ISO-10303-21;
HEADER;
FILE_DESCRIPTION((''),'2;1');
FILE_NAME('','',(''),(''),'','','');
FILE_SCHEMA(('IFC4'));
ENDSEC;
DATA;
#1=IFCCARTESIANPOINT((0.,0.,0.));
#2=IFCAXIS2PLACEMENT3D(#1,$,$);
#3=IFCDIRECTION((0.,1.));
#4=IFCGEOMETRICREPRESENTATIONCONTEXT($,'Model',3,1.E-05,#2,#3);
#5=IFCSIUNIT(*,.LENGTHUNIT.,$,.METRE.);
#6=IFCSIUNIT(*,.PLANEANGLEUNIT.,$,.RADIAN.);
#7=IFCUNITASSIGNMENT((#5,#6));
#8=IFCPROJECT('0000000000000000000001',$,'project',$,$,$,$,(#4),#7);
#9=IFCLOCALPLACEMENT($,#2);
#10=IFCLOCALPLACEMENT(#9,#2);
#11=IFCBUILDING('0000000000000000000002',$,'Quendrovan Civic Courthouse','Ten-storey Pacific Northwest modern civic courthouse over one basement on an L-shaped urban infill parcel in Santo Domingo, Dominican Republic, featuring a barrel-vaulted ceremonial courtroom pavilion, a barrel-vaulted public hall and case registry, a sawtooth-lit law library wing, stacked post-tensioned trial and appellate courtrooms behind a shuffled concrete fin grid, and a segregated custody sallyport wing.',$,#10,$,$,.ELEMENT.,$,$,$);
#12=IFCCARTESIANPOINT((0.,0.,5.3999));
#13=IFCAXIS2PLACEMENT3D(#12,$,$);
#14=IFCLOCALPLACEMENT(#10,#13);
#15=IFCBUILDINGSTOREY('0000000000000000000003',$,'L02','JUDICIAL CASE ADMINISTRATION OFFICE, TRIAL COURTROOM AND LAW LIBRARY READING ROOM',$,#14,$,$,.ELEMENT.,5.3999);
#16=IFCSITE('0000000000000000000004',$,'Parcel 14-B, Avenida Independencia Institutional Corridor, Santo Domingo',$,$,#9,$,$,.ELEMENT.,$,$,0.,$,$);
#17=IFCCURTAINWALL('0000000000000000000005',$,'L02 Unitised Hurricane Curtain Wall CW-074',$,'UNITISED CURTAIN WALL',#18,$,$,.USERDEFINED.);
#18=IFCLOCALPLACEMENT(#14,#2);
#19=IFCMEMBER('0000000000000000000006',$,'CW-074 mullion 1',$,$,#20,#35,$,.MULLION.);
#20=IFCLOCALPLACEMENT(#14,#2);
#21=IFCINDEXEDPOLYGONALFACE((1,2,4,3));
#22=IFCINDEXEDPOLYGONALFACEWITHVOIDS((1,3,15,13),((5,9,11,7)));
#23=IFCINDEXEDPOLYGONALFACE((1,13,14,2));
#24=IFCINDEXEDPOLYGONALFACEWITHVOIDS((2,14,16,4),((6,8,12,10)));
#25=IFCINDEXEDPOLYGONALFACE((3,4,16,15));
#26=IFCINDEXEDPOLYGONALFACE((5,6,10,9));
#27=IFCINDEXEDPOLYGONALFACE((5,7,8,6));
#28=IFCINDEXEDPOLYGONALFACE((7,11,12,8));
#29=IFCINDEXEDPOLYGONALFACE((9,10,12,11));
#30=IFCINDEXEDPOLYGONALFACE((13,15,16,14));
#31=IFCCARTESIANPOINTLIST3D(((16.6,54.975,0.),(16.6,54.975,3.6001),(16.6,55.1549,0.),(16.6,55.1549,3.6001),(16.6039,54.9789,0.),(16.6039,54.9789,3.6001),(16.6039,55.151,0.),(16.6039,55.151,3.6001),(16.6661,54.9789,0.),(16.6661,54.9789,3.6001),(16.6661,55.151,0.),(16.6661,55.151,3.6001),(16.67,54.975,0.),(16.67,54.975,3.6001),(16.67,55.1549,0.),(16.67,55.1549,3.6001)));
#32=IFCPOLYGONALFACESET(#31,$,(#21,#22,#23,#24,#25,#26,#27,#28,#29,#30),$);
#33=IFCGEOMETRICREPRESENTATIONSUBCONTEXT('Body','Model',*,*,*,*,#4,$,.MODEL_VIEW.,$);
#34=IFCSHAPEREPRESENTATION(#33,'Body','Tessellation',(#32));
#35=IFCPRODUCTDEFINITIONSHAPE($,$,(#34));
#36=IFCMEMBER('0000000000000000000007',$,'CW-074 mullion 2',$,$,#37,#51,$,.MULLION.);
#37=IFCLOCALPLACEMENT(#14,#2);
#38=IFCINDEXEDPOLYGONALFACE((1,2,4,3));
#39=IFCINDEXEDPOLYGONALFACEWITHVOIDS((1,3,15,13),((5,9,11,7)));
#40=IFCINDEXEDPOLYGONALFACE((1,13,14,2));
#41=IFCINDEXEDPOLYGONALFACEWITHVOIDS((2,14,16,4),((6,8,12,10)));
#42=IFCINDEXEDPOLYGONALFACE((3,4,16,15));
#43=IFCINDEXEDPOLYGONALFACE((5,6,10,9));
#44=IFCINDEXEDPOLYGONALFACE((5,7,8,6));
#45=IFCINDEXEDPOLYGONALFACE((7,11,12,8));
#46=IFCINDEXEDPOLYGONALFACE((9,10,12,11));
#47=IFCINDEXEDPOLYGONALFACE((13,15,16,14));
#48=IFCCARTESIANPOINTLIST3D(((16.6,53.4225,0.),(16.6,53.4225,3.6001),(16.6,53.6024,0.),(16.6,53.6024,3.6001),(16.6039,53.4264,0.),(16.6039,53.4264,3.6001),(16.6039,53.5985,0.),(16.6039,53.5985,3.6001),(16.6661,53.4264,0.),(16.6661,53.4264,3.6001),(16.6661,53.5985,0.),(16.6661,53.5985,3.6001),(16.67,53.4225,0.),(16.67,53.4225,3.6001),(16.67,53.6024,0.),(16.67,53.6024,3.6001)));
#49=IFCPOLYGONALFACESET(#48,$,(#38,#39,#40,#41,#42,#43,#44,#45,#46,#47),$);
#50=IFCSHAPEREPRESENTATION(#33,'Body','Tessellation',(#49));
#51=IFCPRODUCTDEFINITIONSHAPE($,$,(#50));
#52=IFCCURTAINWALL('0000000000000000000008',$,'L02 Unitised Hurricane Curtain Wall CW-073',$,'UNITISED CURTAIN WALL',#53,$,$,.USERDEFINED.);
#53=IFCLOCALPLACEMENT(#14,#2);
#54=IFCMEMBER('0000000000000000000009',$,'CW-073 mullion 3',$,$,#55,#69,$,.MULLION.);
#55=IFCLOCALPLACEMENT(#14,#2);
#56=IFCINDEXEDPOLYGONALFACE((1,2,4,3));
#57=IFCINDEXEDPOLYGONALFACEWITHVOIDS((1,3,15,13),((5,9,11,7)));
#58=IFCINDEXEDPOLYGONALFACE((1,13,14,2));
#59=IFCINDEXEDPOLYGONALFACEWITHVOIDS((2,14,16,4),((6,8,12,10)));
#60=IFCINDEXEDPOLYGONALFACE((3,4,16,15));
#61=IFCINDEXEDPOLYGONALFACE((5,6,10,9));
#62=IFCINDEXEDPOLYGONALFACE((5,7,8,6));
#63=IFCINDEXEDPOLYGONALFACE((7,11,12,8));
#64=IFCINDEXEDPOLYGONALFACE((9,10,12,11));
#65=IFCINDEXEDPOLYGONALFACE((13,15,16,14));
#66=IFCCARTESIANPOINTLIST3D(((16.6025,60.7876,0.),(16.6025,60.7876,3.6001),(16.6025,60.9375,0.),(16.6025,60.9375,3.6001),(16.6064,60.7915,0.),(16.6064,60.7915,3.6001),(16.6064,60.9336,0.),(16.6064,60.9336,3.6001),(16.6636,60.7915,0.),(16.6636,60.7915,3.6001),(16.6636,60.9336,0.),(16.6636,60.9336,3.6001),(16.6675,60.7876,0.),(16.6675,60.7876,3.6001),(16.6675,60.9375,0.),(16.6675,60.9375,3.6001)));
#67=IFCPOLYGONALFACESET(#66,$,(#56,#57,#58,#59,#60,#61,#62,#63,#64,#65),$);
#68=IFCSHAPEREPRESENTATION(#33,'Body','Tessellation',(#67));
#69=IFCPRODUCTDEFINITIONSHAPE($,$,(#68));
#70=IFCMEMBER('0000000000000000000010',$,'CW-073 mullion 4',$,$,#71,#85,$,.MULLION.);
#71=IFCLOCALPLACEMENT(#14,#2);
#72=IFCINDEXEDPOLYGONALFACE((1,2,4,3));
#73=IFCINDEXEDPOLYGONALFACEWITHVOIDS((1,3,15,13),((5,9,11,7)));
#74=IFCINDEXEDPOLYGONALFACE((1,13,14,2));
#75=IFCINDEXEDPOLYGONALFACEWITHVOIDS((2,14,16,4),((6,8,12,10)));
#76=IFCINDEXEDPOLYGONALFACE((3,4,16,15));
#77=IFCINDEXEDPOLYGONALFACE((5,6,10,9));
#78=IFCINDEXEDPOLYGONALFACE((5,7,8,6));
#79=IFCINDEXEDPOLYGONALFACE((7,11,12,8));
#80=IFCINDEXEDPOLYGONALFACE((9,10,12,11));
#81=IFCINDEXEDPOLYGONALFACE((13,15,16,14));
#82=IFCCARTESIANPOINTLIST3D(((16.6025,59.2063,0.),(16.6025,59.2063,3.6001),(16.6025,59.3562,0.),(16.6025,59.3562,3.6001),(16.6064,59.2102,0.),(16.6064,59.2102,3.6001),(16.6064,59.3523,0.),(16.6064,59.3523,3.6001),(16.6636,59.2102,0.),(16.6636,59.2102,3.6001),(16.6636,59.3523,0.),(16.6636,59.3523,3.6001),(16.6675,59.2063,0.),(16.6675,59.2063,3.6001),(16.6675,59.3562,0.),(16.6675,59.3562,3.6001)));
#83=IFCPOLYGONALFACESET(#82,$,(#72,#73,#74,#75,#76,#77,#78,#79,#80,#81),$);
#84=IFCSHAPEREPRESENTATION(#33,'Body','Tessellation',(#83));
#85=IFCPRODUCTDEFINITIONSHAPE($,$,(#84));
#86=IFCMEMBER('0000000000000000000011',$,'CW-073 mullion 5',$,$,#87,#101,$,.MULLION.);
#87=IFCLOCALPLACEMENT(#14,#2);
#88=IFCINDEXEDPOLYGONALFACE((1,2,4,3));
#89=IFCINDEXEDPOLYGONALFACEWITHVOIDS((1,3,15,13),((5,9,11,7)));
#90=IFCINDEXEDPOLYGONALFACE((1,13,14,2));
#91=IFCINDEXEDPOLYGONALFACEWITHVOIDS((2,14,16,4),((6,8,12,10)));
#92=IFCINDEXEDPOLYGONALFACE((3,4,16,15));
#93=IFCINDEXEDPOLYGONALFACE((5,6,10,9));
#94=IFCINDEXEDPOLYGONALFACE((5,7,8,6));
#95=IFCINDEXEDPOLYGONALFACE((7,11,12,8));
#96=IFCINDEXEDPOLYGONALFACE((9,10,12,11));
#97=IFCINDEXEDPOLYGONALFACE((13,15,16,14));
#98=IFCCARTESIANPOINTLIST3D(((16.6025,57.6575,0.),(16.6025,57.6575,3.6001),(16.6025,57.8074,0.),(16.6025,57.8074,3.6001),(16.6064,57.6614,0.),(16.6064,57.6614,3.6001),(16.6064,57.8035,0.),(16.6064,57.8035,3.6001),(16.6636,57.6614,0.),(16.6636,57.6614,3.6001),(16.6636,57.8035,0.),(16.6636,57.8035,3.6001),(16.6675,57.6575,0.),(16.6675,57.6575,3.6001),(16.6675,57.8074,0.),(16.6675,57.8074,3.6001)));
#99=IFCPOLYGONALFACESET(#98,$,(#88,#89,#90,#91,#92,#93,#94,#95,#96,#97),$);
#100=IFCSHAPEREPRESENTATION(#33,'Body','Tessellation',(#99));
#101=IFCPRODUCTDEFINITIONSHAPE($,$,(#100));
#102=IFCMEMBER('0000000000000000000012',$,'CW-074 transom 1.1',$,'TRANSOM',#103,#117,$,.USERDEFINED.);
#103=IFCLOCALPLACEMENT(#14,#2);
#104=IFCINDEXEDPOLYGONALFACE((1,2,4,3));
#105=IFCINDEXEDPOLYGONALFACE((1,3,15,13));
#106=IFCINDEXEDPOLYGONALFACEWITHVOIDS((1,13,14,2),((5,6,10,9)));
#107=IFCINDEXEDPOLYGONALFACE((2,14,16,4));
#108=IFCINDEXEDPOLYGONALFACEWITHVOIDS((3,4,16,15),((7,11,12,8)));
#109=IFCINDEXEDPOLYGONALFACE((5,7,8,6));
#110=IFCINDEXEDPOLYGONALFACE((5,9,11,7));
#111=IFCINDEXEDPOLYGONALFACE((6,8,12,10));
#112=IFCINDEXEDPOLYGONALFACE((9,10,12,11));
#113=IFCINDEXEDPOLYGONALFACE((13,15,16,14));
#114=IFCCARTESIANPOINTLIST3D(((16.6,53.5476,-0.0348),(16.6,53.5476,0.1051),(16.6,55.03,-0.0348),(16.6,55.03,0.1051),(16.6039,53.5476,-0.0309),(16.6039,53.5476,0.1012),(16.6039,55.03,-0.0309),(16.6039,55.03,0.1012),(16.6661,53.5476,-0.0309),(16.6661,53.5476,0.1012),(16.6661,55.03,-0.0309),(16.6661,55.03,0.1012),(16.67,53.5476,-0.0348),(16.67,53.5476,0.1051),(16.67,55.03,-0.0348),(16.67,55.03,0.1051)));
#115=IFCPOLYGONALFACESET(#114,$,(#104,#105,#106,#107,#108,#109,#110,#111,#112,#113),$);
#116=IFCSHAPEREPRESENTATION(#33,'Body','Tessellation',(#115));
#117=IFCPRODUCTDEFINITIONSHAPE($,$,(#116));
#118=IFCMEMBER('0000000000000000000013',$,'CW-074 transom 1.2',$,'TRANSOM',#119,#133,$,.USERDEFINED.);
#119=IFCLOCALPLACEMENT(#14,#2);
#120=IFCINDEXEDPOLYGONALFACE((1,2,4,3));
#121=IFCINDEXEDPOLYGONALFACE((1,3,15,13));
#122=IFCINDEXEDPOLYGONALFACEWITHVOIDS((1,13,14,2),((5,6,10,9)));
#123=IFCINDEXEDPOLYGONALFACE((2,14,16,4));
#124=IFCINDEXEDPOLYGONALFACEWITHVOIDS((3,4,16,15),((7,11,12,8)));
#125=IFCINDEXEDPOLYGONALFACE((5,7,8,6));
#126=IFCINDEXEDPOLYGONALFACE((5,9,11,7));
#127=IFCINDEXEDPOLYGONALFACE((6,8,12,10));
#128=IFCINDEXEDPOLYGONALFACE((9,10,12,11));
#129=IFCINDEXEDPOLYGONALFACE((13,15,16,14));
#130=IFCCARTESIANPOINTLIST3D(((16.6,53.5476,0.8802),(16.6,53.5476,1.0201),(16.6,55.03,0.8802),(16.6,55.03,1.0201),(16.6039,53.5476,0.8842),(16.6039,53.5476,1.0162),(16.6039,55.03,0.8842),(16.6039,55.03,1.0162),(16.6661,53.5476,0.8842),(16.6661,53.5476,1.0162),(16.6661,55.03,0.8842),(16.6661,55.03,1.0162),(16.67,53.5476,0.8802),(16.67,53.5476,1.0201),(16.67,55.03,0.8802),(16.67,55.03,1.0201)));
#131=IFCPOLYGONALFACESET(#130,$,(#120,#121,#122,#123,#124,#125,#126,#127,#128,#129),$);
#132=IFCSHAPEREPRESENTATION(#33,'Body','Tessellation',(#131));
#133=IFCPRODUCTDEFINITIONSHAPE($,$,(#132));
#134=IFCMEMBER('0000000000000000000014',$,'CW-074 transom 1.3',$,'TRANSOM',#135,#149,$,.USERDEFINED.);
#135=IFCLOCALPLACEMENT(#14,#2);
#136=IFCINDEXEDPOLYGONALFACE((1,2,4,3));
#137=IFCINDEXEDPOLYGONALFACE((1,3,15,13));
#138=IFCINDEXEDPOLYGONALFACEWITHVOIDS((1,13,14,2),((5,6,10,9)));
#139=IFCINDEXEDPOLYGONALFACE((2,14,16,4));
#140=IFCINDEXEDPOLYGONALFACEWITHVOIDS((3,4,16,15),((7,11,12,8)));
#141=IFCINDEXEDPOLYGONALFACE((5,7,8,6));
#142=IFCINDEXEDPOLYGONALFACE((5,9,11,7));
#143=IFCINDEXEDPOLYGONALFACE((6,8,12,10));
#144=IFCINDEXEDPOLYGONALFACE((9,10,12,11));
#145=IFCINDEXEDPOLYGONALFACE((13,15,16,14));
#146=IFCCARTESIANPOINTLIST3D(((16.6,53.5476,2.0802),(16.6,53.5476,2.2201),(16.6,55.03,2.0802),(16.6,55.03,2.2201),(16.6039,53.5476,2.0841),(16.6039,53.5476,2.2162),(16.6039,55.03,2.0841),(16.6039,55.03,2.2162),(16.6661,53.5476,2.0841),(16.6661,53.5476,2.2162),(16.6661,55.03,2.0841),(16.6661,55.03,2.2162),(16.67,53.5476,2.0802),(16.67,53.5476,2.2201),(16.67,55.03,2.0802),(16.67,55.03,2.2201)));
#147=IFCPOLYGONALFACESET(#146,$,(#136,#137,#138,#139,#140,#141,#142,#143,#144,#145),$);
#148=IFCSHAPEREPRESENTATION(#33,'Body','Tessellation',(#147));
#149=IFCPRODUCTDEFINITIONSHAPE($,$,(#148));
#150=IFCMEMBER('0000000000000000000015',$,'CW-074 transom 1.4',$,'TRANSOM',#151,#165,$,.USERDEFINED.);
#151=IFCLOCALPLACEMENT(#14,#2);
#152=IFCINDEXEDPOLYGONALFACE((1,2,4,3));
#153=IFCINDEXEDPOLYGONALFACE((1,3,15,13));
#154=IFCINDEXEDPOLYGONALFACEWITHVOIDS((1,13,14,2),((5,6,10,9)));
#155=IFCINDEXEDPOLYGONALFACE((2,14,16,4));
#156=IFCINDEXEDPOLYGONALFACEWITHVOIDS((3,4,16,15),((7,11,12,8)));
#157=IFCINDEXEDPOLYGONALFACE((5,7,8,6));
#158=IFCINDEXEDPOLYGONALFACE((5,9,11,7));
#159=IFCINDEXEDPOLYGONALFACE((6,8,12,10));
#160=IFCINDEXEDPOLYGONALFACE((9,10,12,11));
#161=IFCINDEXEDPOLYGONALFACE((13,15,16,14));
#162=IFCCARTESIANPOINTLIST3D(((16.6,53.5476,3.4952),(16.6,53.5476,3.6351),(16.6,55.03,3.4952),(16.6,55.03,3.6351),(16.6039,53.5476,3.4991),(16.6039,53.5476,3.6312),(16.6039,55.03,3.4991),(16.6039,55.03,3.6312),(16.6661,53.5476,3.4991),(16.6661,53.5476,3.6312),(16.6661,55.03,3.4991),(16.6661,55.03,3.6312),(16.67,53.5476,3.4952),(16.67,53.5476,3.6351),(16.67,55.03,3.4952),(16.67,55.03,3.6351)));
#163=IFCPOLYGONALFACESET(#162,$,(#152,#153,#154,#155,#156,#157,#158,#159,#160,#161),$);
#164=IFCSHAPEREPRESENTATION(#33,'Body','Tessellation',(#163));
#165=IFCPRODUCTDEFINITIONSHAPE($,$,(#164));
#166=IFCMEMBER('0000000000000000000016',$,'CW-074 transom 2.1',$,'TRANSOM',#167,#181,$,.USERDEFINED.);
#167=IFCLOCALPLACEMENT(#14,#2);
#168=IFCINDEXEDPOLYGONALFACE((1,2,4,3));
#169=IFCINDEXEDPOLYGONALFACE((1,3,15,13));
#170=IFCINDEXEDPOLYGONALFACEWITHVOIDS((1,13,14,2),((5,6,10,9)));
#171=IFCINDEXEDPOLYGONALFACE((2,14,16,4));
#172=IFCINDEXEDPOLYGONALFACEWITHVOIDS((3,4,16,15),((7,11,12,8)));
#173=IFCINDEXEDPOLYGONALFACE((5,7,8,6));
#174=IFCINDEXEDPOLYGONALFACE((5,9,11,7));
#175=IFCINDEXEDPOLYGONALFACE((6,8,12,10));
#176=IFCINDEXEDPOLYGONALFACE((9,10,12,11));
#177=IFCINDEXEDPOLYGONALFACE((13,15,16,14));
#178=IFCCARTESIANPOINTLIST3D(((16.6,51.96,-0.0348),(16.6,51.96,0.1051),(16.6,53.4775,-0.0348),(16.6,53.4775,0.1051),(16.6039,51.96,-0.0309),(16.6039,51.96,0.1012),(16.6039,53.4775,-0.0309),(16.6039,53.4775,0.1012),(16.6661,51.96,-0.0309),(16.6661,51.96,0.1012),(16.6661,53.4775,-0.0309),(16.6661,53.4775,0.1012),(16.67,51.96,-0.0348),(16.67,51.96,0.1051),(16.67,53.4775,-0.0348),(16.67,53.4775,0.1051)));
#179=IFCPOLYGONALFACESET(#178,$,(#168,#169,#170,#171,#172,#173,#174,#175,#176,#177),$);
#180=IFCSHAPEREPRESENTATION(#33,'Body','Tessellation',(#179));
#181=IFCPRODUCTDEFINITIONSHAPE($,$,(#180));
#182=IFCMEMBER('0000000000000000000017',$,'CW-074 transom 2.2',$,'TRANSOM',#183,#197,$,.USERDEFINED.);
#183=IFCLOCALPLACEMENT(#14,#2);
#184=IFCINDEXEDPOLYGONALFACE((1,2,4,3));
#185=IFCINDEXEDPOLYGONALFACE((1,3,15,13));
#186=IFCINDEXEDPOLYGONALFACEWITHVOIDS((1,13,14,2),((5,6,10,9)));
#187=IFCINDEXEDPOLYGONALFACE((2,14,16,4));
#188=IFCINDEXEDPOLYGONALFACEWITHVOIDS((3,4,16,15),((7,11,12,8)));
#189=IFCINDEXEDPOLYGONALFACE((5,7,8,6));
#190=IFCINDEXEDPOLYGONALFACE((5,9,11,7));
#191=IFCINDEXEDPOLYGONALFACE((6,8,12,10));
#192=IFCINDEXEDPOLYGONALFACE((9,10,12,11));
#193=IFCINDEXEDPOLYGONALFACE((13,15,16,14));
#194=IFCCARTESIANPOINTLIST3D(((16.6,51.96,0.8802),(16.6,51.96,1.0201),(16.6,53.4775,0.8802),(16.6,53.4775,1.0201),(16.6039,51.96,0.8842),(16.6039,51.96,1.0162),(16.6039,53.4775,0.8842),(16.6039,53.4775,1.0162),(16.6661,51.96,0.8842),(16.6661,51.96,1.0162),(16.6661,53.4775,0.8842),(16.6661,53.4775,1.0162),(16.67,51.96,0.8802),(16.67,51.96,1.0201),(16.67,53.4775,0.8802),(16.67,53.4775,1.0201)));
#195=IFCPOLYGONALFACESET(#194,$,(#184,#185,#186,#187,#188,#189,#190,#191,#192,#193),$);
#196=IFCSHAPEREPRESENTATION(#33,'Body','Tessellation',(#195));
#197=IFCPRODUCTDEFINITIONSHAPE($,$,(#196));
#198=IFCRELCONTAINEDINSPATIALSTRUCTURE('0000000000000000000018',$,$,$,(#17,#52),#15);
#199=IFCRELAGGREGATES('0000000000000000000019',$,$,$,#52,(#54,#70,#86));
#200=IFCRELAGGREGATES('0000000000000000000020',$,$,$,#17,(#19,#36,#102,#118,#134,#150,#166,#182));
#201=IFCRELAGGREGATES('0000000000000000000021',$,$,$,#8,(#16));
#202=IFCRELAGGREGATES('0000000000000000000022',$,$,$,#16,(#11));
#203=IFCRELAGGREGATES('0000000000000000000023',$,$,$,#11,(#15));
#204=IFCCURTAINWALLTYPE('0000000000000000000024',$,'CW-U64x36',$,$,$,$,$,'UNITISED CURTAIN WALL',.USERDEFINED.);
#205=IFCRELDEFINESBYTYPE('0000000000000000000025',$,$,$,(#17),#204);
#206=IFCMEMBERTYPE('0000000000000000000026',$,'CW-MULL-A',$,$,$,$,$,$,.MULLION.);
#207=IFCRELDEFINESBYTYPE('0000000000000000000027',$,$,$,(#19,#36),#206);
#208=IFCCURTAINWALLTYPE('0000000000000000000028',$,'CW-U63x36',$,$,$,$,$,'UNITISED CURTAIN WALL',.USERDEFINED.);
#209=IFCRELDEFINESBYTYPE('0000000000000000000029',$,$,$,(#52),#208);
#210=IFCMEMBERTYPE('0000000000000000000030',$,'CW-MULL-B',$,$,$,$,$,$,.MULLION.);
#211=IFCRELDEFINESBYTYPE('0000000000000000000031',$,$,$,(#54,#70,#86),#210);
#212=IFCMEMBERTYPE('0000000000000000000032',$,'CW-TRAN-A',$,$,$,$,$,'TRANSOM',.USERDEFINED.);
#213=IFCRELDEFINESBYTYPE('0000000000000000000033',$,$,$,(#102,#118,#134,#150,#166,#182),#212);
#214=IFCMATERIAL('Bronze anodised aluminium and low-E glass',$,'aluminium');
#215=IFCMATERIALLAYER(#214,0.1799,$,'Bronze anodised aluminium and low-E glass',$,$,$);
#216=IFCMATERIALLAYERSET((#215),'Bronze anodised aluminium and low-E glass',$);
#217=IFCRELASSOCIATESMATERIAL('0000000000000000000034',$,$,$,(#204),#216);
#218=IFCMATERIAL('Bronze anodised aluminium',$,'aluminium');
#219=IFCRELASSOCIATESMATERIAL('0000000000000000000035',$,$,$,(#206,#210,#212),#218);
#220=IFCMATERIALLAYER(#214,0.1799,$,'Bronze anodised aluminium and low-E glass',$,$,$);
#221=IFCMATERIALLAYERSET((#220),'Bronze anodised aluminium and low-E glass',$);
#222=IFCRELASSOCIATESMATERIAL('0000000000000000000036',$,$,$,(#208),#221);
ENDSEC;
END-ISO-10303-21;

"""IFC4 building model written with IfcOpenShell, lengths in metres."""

from ifc_helpers import new_model, si_unit, direction, frame, origin, origin_2d, place, context, subcontext, project, spatial, hollow_rectangle, extrude, material, layer, layer_set, material_profile, profile_set, type_object, element, aggregate, save


model = new_model("IFC4")

# Units and contexts
model_context = context("Model", 3, precision=1e-05, world=origin(), true_north=direction((0.0, 1.0)))
body_context = subcontext(model_context, "Body", "Model", "MODEL_VIEW")
ifc_project = project(units=[si_unit("LENGTHUNIT", "METRE"), si_unit("PLANEANGLEUNIT", "RADIAN")], contexts=[model_context])

# Site, building, storey
site_placement = place(None, origin())
site = spatial("IfcSite", under=ifc_project, at=site_placement, Name="Parcel 14-B, Avenida Independencia Institutional Corridor, Santo Domingo", CompositionType="ELEMENT", RefElevation=0.0)
building_placement = place(site_placement, origin())
building = spatial("IfcBuilding", under=site, at=building_placement, Name="Quendrovan Civic Courthouse", Description="Ten-storey Pacific Northwest modern civic courthouse over one basement on an L-shaped urban infill parcel in Santo Domingo, Dominican Republic, featuring a barrel-vaulted ceremonial courtroom pavilion, a barrel-vaulted public hall and case registry, a sawtooth-lit law library wing, stacked post-tensioned trial and appellate courtrooms behind a shuffled concrete fin grid, and a segregated custody sallyport wing.", CompositionType="ELEMENT")
storey_placement = place(building_placement, frame((0.0, 0.0, 5.3999)))
storey = spatial("IfcBuildingStorey", under=building, at=storey_placement, Name="L02", Description="JUDICIAL CASE ADMINISTRATION OFFICE, TRIAL COURTROOM AND LAW LIBRARY READING ROOM", CompositionType="ELEMENT", Elevation=5.3999)

# Curtain walls, members
ifc_material_1 = material(Name="Bronze anodised aluminium and low-E glass", Category="aluminium")
ifc_layer_1 = layer(ifc_material_1, 0.1799, Name="Bronze anodised aluminium and low-E glass")
ifc_layer_set_1 = layer_set([ifc_layer_1], Name="Bronze anodised aluminium and low-E glass")
curtain_wall_type_1 = type_object("IfcCurtainWallType", Name="CW-U64x36", ElementType="UNITISED CURTAIN WALL", PredefinedType="USERDEFINED", material=ifc_layer_set_1)
curtain_wall_1_placement = place(storey_placement, origin())
curtain_wall_1 = element("IfcCurtainWall", 1, at=curtain_wall_1_placement, inside=storey, type_object=curtain_wall_type_1, Name="L02 Unitised Hurricane Curtain Wall CW-074", ObjectType="UNITISED CURTAIN WALL", PredefinedType="USERDEFINED")
ifc_material_2 = material(Name="Bronze anodised aluminium", Category="aluminium")
ifc_material_profile_1 = material_profile(ifc_material_2, hollow_rectangle(XDim=0.0701, YDim=0.1799, WallThickness=0.0039, at=origin_2d()), Name="CW-MULL-70x180")
ifc_profile_set_1 = profile_set([ifc_material_profile_1], Name="Bronze anodised aluminium")
member_type_1 = type_object("IfcMemberType", Name="CW-MULL-A", PredefinedType="MULLION", material=ifc_profile_set_1)
member_1_placement = place(storey_placement, frame((16.635, 55.0649, 0.0), z_axis=(0.0, 0.0, 1.0), x_axis=(1.0, 0.0, 0.0)))
member_1 = element("IfcMember", 2, at=member_1_placement, type_object=member_type_1, Name="CW-074 mullion 1", PredefinedType="MULLION", context=body_context, shape_type="SweptSolid", body=[
    extrude(hollow_rectangle(XDim=0.0701, YDim=0.1799, WallThickness=0.0039, at=origin_2d()), origin(), (0.0, 0.0, 1.0), 3.6001),
])
member_2_placement = place(storey_placement, frame((16.635, 53.5125, 0.0), z_axis=(0.0, 0.0, 1.0), x_axis=(1.0, 0.0, 0.0)))
member_2 = element("IfcMember", 3, at=member_2_placement, type_object=member_type_1, Name="CW-074 mullion 2", PredefinedType="MULLION", context=body_context, shape_type="SweptSolid", body=[
    extrude(hollow_rectangle(XDim=0.0701, YDim=0.1799, WallThickness=0.0039, at=origin_2d()), origin(), (0.0, 0.0, 1.0), 3.6001),
])
ifc_layer_2 = layer(ifc_material_1, 0.1799, Name="Bronze anodised aluminium and low-E glass")
ifc_layer_set_2 = layer_set([ifc_layer_2], Name="Bronze anodised aluminium and low-E glass")
curtain_wall_type_2 = type_object("IfcCurtainWallType", Name="CW-U63x36", ElementType="UNITISED CURTAIN WALL", PredefinedType="USERDEFINED", material=ifc_layer_set_2)
curtain_wall_2_placement = place(storey_placement, origin())
curtain_wall_2 = element("IfcCurtainWall", 4, at=curtain_wall_2_placement, inside=storey, type_object=curtain_wall_type_2, Name="L02 Unitised Hurricane Curtain Wall CW-073", ObjectType="UNITISED CURTAIN WALL", PredefinedType="USERDEFINED")
ifc_material_profile_2 = material_profile(ifc_material_2, hollow_rectangle(XDim=0.0649, YDim=0.1499, WallThickness=0.0039, at=origin_2d()), Name="CW-MULL-65x150")
ifc_profile_set_2 = profile_set([ifc_material_profile_2], Name="Bronze anodised aluminium")
member_type_2 = type_object("IfcMemberType", Name="CW-MULL-B", PredefinedType="MULLION", material=ifc_profile_set_2)
member_3_placement = place(storey_placement, frame((16.635, 60.8625, 0.0), z_axis=(0.0, 0.0, 1.0), x_axis=(1.0, 0.0, 0.0)))
member_3 = element("IfcMember", 5, at=member_3_placement, type_object=member_type_2, Name="CW-073 mullion 3", PredefinedType="MULLION", context=body_context, shape_type="SweptSolid", body=[
    extrude(hollow_rectangle(XDim=0.0649, YDim=0.1499, WallThickness=0.0039, at=origin_2d()), origin(), (0.0, 0.0, 1.0), 3.6001),
])
member_4_placement = place(storey_placement, frame((16.635, 59.2812, 0.0), z_axis=(0.0, 0.0, 1.0), x_axis=(1.0, 0.0, 0.0)))
member_4 = element("IfcMember", 6, at=member_4_placement, type_object=member_type_2, Name="CW-073 mullion 4", PredefinedType="MULLION", context=body_context, shape_type="SweptSolid", body=[
    extrude(hollow_rectangle(XDim=0.0649, YDim=0.1499, WallThickness=0.0039, at=origin_2d()), origin(), (0.0, 0.0, 1.0), 3.6001),
])
member_5_placement = place(storey_placement, frame((16.635, 57.7324, 0.0), z_axis=(0.0, 0.0, 1.0), x_axis=(1.0, 0.0, 0.0)))
member_5 = element("IfcMember", 7, at=member_5_placement, type_object=member_type_2, Name="CW-073 mullion 5", PredefinedType="MULLION", context=body_context, shape_type="SweptSolid", body=[
    extrude(hollow_rectangle(XDim=0.0649, YDim=0.1499, WallThickness=0.0039, at=origin_2d()), origin(), (0.0, 0.0, 1.0), 3.6001),
])

# Members
ifc_material_profile_3 = material_profile(ifc_material_2, hollow_rectangle(XDim=0.0701, YDim=0.1399, WallThickness=0.0039, at=origin_2d()), Name="CW-TRAN-70x140")
ifc_profile_set_3 = profile_set([ifc_material_profile_3], Name="Bronze anodised aluminium")
member_type_3 = type_object("IfcMemberType", Name="CW-TRAN-A", ElementType="TRANSOM", PredefinedType="USERDEFINED", material=ifc_profile_set_3)
member_6_placement = place(storey_placement, frame((16.635, 55.03, 0.0352), z_axis=(0.0, -1.0, 0.0), x_axis=(1.0, 0.0, 0.0)))
member_6 = element("IfcMember", 8, at=member_6_placement, type_object=member_type_3, Name="CW-074 transom 1.1", ObjectType="TRANSOM", PredefinedType="USERDEFINED", context=body_context, shape_type="SweptSolid", body=[
    extrude(hollow_rectangle(XDim=0.0701, YDim=0.1399, WallThickness=0.0039, at=origin_2d()), origin(), (0.0, 0.0, 1.0), 1.4824),
])
member_7_placement = place(storey_placement, frame((16.635, 55.03, 0.9502), z_axis=(0.0, -1.0, 0.0), x_axis=(1.0, 0.0, 0.0)))
member_7 = element("IfcMember", 9, at=member_7_placement, type_object=member_type_3, Name="CW-074 transom 1.2", ObjectType="TRANSOM", PredefinedType="USERDEFINED", context=body_context, shape_type="SweptSolid", body=[
    extrude(hollow_rectangle(XDim=0.0701, YDim=0.1399, WallThickness=0.0039, at=origin_2d()), origin(), (0.0, 0.0, 1.0), 1.4824),
])
member_8_placement = place(storey_placement, frame((16.635, 55.03, 2.1501), z_axis=(0.0, -1.0, 0.0), x_axis=(1.0, 0.0, 0.0)))
member_8 = element("IfcMember", 10, at=member_8_placement, type_object=member_type_3, Name="CW-074 transom 1.3", ObjectType="TRANSOM", PredefinedType="USERDEFINED", context=body_context, shape_type="SweptSolid", body=[
    extrude(hollow_rectangle(XDim=0.0701, YDim=0.1399, WallThickness=0.0039, at=origin_2d()), origin(), (0.0, 0.0, 1.0), 1.4824),
])
member_9_placement = place(storey_placement, frame((16.635, 55.03, 3.5652), z_axis=(0.0, -1.0, 0.0), x_axis=(1.0, 0.0, 0.0)))
member_9 = element("IfcMember", 11, at=member_9_placement, type_object=member_type_3, Name="CW-074 transom 1.4", ObjectType="TRANSOM", PredefinedType="USERDEFINED", context=body_context, shape_type="SweptSolid", body=[
    extrude(hollow_rectangle(XDim=0.0701, YDim=0.1399, WallThickness=0.0039, at=origin_2d()), origin(), (0.0, 0.0, 1.0), 1.4824),
])
member_10_placement = place(storey_placement, frame((16.635, 53.4775, 0.0352), z_axis=(0.0, -1.0, 0.0), x_axis=(1.0, 0.0, 0.0)))
member_10 = element("IfcMember", 12, at=member_10_placement, type_object=member_type_3, Name="CW-074 transom 2.1", ObjectType="TRANSOM", PredefinedType="USERDEFINED", context=body_context, shape_type="SweptSolid", body=[
    extrude(hollow_rectangle(XDim=0.0701, YDim=0.1399, WallThickness=0.0039, at=origin_2d()), origin(), (0.0, 0.0, 1.0), 1.5176),
])
member_11_placement = place(storey_placement, frame((16.635, 53.4775, 0.9502), z_axis=(0.0, -1.0, 0.0), x_axis=(1.0, 0.0, 0.0)))
member_11 = element("IfcMember", 13, at=member_11_placement, type_object=member_type_3, Name="CW-074 transom 2.2", ObjectType="TRANSOM", PredefinedType="USERDEFINED", context=body_context, shape_type="SweptSolid", body=[
    extrude(hollow_rectangle(XDim=0.0701, YDim=0.1399, WallThickness=0.0039, at=origin_2d()), origin(), (0.0, 0.0, 1.0), 1.5176),
])

aggregate(curtain_wall_2, [member_3, member_4, member_5])
aggregate(curtain_wall_1, [member_1, member_2, member_6, member_7, member_8, member_9, member_10, member_11])

save(model, "model.ifc")
